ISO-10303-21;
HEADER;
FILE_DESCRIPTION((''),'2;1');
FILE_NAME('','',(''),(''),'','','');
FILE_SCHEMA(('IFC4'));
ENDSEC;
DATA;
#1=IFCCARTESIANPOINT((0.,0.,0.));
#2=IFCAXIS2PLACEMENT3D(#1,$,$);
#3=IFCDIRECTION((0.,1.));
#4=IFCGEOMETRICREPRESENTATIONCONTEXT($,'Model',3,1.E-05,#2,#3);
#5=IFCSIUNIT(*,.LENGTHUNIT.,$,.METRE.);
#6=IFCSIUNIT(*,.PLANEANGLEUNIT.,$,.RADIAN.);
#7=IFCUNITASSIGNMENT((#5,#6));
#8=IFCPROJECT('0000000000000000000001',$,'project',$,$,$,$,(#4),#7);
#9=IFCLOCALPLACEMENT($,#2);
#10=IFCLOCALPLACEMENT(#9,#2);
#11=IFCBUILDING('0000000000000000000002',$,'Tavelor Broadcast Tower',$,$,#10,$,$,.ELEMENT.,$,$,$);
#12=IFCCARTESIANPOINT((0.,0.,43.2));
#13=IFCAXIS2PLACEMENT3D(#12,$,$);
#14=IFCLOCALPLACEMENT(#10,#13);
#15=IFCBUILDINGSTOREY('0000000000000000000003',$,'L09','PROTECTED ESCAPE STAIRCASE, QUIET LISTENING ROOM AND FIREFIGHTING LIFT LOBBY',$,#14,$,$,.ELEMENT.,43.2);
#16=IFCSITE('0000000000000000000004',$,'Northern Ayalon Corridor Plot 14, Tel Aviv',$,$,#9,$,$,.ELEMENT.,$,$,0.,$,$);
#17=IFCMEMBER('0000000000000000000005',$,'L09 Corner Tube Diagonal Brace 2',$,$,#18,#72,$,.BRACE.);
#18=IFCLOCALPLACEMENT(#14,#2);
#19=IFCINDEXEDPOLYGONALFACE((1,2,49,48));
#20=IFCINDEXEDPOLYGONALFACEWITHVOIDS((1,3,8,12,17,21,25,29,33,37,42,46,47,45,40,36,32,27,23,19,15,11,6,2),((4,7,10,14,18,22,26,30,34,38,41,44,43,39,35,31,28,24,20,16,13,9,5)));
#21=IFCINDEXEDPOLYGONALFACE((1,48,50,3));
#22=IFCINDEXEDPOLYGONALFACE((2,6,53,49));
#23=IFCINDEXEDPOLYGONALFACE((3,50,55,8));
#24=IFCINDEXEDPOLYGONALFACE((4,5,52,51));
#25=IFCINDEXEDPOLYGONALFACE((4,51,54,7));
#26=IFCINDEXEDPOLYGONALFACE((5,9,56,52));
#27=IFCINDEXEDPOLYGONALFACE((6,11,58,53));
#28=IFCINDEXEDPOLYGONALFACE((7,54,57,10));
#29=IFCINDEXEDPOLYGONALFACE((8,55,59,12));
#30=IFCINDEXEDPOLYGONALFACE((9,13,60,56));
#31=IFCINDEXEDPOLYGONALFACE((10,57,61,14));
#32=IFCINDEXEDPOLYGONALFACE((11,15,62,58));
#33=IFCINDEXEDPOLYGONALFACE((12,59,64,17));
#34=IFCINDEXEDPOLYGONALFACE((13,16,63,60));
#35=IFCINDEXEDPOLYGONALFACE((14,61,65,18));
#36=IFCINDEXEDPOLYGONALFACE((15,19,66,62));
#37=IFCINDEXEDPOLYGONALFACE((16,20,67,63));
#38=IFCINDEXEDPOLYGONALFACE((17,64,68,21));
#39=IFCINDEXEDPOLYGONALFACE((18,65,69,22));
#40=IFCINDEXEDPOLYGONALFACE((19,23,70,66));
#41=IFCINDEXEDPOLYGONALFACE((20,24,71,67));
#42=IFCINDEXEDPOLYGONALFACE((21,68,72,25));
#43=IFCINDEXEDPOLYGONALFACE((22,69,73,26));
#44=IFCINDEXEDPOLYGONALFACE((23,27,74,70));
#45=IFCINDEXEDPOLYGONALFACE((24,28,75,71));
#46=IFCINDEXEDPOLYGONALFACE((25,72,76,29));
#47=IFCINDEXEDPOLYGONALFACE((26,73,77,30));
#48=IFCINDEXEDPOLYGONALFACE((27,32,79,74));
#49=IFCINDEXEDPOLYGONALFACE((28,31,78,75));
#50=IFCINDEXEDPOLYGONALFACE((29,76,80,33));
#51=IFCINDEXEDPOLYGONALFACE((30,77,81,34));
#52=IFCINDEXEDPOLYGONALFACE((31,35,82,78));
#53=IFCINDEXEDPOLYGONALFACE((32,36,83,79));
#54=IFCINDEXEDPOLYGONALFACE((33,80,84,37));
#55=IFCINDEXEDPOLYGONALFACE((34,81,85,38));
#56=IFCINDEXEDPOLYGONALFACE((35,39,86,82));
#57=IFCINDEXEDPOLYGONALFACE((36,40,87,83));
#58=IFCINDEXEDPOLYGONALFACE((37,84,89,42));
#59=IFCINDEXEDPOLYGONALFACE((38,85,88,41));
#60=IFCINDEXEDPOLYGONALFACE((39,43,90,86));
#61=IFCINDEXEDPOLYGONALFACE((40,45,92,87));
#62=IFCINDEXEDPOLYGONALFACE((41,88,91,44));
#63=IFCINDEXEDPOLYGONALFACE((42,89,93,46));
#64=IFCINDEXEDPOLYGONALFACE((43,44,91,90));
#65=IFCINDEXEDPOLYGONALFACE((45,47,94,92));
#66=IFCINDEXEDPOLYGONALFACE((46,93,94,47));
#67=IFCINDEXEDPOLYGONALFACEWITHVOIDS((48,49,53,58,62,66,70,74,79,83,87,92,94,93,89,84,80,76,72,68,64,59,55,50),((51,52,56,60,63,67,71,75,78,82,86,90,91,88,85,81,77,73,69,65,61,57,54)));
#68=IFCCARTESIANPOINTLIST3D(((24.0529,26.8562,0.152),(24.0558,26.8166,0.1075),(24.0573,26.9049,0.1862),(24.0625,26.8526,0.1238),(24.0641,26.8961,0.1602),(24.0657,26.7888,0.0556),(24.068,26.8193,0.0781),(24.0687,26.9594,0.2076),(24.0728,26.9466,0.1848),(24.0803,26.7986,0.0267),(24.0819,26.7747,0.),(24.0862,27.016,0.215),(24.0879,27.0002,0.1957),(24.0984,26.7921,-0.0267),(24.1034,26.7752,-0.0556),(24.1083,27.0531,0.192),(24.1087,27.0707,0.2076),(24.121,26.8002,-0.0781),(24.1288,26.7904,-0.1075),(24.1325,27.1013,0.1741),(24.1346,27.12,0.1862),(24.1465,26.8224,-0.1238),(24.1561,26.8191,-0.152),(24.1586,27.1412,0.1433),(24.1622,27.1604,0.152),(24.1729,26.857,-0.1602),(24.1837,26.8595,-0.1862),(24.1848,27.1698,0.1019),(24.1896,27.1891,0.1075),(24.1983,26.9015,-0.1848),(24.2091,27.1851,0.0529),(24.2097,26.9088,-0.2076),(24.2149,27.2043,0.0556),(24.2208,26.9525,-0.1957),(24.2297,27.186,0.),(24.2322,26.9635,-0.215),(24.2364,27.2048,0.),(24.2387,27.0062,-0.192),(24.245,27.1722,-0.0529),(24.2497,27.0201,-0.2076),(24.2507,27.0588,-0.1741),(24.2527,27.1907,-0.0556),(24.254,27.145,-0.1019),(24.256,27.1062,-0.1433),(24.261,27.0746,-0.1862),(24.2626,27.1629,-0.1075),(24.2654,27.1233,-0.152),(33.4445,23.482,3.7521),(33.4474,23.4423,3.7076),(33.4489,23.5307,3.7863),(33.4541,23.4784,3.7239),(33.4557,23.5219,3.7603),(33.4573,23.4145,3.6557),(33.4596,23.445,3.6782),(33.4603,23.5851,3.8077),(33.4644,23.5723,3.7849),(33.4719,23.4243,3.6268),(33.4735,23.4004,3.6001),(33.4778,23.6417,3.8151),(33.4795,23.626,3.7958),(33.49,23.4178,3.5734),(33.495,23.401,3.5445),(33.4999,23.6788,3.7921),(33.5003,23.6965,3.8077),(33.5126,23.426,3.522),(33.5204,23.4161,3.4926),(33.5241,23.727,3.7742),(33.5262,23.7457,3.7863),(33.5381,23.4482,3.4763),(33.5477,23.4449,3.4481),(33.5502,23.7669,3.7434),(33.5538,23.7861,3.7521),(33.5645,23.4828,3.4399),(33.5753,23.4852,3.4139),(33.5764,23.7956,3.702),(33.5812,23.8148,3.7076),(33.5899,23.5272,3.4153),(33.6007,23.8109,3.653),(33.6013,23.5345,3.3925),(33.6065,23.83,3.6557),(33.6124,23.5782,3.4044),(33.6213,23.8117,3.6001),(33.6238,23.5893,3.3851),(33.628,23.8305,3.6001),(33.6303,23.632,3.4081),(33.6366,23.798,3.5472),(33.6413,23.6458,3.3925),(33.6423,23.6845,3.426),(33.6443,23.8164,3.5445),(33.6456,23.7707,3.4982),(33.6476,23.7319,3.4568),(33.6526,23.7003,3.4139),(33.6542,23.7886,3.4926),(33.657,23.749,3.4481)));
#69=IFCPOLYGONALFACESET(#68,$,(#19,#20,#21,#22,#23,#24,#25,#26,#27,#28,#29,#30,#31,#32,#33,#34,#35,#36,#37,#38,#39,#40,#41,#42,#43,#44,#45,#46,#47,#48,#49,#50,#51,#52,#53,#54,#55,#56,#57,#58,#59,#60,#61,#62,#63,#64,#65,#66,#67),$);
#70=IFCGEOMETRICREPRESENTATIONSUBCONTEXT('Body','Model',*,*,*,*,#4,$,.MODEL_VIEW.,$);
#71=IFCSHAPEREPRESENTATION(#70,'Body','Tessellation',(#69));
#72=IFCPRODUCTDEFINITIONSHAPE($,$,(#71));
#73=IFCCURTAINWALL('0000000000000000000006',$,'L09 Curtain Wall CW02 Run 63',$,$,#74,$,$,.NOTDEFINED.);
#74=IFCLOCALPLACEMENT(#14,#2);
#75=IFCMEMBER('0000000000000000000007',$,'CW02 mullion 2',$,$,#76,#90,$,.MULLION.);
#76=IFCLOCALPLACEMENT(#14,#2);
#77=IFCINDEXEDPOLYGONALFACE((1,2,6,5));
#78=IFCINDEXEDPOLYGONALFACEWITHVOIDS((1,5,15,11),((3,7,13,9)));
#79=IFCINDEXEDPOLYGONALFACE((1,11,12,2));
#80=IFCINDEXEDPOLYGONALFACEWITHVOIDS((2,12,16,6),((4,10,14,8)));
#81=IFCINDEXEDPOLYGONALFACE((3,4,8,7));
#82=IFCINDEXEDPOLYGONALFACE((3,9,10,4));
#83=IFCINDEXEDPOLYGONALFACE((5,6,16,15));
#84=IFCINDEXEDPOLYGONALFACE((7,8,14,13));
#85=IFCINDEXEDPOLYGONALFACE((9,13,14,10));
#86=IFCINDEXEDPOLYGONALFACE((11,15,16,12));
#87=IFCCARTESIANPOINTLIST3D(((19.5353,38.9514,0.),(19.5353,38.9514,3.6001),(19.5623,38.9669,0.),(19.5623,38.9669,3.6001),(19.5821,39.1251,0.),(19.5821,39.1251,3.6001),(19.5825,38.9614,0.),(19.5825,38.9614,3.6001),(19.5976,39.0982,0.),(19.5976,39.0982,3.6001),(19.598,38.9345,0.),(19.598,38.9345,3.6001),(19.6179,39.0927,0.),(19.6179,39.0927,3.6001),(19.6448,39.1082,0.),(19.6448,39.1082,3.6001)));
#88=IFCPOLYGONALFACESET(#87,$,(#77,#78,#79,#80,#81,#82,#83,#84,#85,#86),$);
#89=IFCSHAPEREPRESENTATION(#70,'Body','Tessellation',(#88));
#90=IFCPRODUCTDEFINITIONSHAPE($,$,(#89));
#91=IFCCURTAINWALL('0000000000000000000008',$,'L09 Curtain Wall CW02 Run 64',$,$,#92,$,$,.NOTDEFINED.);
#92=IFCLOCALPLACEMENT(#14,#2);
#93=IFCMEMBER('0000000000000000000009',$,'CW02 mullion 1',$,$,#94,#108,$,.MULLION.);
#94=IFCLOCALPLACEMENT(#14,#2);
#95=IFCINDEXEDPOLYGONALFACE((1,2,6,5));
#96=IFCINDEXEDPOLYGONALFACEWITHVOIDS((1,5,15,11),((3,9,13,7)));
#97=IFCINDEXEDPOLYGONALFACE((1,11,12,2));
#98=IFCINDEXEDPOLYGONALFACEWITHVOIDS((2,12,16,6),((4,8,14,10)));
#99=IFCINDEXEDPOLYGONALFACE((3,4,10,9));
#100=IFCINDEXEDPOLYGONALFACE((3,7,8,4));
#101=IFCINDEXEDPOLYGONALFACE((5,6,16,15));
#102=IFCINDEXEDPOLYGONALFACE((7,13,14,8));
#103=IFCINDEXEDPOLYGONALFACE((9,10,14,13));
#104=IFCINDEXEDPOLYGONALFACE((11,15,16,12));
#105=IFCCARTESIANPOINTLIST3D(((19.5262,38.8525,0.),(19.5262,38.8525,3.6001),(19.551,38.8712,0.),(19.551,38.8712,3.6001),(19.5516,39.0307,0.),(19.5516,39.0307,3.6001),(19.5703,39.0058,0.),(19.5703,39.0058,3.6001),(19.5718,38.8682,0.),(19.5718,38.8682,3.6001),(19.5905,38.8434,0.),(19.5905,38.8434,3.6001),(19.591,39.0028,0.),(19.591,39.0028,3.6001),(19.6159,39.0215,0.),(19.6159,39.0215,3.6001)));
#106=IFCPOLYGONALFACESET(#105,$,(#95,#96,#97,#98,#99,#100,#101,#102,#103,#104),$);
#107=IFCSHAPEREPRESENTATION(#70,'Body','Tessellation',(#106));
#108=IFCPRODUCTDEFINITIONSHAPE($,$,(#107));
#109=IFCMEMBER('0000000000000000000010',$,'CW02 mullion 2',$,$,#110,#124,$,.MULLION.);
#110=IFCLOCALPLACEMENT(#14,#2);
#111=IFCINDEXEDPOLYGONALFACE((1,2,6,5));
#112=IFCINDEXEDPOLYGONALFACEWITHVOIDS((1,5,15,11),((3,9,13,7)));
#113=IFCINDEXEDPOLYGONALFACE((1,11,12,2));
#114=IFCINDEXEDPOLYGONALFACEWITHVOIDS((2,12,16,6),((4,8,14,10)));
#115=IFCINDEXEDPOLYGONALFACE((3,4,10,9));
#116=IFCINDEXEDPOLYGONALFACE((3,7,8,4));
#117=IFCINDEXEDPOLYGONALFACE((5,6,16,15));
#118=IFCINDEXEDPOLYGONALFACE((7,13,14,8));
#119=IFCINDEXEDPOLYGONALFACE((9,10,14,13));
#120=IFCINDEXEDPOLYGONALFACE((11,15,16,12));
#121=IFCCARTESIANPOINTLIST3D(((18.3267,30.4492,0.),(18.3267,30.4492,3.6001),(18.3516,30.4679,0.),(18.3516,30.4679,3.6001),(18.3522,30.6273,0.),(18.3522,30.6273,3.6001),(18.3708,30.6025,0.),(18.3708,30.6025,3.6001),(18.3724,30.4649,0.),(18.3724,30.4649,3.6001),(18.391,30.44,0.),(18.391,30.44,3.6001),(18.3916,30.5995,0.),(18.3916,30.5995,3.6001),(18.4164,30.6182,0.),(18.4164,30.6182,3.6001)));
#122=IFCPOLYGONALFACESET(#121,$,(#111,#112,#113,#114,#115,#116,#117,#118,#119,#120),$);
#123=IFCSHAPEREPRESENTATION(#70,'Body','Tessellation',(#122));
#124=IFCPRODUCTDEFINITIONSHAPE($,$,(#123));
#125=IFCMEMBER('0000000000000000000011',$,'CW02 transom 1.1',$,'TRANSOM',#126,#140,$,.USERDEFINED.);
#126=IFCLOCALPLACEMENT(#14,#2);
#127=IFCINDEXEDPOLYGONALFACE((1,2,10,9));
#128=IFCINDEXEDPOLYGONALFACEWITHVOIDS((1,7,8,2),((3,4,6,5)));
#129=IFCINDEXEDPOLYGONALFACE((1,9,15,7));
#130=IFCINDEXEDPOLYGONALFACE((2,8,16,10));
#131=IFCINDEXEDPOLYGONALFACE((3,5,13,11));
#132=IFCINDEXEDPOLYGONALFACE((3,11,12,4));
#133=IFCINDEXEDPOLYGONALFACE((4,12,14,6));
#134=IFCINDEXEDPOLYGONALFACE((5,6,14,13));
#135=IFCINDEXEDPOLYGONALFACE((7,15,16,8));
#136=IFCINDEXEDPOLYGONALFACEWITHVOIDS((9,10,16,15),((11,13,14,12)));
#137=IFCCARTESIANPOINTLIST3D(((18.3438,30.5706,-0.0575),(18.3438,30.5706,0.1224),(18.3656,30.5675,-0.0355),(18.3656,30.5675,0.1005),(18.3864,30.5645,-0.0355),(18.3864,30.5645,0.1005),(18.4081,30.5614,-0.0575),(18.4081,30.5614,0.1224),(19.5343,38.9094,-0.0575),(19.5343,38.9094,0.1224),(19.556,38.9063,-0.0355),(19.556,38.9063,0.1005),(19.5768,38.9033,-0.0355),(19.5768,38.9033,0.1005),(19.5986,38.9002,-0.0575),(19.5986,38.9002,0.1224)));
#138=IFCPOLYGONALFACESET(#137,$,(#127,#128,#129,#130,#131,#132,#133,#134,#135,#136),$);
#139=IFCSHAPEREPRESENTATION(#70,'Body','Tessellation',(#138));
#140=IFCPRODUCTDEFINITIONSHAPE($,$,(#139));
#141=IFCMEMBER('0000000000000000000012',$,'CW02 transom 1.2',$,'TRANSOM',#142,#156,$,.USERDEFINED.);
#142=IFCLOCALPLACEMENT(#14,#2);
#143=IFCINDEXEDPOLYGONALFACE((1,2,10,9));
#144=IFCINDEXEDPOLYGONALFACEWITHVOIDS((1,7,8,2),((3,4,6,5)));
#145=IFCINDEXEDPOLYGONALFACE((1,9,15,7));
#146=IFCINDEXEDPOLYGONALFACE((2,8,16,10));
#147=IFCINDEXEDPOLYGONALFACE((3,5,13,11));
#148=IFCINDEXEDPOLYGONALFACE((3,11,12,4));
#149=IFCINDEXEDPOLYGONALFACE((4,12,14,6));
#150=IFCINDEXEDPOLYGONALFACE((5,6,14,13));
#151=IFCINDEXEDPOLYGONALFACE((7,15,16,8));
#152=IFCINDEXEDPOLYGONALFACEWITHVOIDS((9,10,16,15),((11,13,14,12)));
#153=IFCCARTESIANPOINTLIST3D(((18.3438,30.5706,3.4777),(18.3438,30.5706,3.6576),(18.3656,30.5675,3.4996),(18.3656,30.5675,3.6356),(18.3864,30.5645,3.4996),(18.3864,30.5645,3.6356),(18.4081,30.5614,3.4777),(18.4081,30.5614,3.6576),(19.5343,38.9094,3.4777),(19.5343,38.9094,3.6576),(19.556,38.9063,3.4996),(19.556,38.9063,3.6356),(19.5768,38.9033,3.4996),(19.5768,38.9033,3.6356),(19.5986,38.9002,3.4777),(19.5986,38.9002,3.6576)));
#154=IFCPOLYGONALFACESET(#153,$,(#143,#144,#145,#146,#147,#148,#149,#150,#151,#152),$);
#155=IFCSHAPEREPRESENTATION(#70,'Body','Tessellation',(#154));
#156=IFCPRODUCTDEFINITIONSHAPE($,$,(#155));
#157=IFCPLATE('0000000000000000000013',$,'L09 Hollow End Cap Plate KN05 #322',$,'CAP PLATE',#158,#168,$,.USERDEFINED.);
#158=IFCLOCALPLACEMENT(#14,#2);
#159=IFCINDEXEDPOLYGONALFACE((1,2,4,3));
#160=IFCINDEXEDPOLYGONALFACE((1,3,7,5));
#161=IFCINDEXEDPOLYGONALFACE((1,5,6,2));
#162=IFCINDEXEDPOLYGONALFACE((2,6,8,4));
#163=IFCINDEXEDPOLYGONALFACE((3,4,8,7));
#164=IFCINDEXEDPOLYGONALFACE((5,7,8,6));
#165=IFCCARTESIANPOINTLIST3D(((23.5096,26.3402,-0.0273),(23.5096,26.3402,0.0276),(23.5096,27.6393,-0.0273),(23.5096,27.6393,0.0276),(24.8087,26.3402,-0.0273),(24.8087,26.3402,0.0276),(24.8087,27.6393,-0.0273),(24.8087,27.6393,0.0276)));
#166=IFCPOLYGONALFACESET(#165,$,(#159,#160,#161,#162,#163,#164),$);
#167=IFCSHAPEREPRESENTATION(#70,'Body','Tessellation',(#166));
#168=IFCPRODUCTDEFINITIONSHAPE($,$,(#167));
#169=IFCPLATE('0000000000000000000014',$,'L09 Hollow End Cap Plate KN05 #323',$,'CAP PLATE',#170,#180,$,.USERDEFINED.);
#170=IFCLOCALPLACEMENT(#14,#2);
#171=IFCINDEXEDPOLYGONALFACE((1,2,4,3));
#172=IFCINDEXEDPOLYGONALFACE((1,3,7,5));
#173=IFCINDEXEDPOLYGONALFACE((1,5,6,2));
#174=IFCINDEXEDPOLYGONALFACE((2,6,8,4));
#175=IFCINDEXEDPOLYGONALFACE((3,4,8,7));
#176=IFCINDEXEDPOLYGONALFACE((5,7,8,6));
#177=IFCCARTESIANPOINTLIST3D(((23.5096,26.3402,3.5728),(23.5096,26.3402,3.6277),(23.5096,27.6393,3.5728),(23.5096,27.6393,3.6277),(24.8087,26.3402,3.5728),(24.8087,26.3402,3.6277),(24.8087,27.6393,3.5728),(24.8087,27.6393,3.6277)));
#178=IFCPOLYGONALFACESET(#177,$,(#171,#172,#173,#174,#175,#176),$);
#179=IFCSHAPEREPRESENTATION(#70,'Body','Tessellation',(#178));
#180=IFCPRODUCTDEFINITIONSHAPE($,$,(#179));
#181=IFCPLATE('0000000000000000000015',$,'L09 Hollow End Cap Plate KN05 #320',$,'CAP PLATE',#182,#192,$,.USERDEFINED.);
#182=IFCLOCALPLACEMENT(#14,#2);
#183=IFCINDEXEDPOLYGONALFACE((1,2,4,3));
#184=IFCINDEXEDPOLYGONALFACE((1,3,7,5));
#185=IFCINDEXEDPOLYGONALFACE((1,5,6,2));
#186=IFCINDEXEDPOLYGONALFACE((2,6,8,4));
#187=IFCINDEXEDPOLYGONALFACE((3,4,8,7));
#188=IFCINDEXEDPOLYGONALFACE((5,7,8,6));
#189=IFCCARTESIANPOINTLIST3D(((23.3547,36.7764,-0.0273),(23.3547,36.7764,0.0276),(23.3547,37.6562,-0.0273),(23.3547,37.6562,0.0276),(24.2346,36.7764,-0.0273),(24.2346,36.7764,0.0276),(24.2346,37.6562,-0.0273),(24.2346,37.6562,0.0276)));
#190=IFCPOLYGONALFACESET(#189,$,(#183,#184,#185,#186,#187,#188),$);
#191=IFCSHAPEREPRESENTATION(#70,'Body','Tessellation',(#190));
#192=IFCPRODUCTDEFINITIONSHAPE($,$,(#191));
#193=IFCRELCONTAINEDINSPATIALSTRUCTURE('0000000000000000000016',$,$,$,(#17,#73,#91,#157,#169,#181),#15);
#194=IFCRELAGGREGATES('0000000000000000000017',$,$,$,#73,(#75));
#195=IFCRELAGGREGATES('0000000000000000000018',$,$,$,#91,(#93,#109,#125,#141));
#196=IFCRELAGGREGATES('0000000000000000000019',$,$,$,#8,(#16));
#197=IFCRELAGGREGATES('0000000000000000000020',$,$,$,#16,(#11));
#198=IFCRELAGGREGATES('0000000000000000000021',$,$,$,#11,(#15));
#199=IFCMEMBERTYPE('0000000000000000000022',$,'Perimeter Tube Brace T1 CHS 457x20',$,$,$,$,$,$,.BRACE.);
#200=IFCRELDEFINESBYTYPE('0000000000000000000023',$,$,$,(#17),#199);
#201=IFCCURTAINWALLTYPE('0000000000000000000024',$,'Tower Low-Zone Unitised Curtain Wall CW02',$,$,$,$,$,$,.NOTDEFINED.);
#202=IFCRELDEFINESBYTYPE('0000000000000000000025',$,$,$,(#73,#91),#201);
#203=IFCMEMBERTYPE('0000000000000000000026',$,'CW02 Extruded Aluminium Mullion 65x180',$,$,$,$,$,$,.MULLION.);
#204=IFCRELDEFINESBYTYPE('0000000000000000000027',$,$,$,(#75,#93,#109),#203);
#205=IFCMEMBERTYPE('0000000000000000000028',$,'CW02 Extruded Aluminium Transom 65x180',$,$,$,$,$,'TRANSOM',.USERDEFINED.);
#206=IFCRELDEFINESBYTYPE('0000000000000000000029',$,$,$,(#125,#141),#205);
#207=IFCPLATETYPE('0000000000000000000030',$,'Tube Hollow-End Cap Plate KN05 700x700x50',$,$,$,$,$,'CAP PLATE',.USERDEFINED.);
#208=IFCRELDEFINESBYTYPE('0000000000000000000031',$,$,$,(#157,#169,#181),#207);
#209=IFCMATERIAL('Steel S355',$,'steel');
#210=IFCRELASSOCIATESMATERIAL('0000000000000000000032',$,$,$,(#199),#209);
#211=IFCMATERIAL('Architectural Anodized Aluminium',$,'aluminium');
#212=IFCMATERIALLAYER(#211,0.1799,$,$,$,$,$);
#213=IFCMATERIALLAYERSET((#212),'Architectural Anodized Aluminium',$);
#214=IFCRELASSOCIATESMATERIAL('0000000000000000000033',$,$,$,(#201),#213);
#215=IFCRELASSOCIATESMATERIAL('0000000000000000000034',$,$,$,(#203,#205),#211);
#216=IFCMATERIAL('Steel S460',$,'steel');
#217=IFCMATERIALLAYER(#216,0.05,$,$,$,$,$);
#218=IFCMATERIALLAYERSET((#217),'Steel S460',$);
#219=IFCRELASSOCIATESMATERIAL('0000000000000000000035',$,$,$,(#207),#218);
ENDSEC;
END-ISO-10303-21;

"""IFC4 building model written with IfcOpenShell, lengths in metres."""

from ifc_helpers import new_model, si_unit, direction, frame, origin, origin_2d, place, context, subcontext, project, spatial, rectangle, hollow_rectangle, hollow_circle, extrude, source, transform, mapped, material, layer, layer_set, material_profile, profile_set, type_object, type_shapes, element, aggregate, save


model = new_model("IFC4")

# Units and contexts
model_context = context("Model", 3, precision=1e-05, world=origin(), true_north=direction((0.0, 1.0)))
body_context = subcontext(model_context, "Body", "Model", "MODEL_VIEW")
ifc_project = project(units=[si_unit("LENGTHUNIT", "METRE"), si_unit("PLANEANGLEUNIT", "RADIAN")], contexts=[model_context])

# Site, building, storey
site_placement = place(None, origin())
site = spatial("IfcSite", under=ifc_project, at=site_placement, Name="Northern Ayalon Corridor Plot 14, Tel Aviv", CompositionType="ELEMENT", RefElevation=0.0)
building_placement = place(site_placement, origin())
building = spatial("IfcBuilding", under=site, at=building_placement, Name="Tavelor Broadcast Tower", CompositionType="ELEMENT")
storey_placement = place(building_placement, frame((0.0, 0.0, 43.2)))
storey = spatial("IfcBuildingStorey", under=building, at=storey_placement, Name="L09", Description="PROTECTED ESCAPE STAIRCASE, QUIET LISTENING ROOM AND FIREFIGHTING LIFT LOBBY", CompositionType="ELEMENT", Elevation=43.2)

# Shared definitions
ifc_material_1 = material(Name="Steel S460", Category="steel")

# Shared definitions
ifc_material_2 = material(Name="Steel S355", Category="steel")

# Member
ifc_material_profile_1 = material_profile(ifc_material_2, hollow_circle(Radius=0.2285, WallThickness=0.02, at=origin_2d()), Name="CHS 457x20")
ifc_profile_set_1 = profile_set([ifc_material_profile_1], Name="Steel S355")
member_type_1 = type_object("IfcMemberType", Name="Perimeter Tube Brace T1 CHS 457x20", PredefinedType="BRACE", material=ifc_profile_set_1)
member_1_placement = place(storey_placement, frame((24.1592, 26.9897, 0.0), z_axis=(0.885258, -0.31806, 0.339347), x_axis=(0.338124, 0.941101, 0.0)))
element("IfcMember", 1, at=member_1_placement, inside=storey, type_object=member_type_1, Name="L09 Corner Tube Diagonal Brace 2", PredefinedType="BRACE", context=body_context, shape_type="SweptSolid", body=[
    extrude(hollow_circle(Radius=0.2285, WallThickness=0.02, at=origin_2d()), origin(), (0.0, 0.0, 1.0), 10.6089),
])

# Curtain wall, member
ifc_material_3 = material(Name="Architectural Anodized Aluminium", Category="aluminium")
ifc_layer_1 = layer(ifc_material_3, 0.1799)
ifc_layer_set_1 = layer_set([ifc_layer_1], Name="Architectural Anodized Aluminium")
curtain_wall_type = type_object("IfcCurtainWallType", Name="Tower Low-Zone Unitised Curtain Wall CW02", PredefinedType="NOTDEFINED", material=ifc_layer_set_1)
curtain_wall_1_placement = place(storey_placement, origin())
curtain_wall_1 = element("IfcCurtainWall", 2, at=curtain_wall_1_placement, inside=storey, type_object=curtain_wall_type, Name="L09 Curtain Wall CW02 Run 63", PredefinedType="NOTDEFINED")
ifc_material_profile_2 = material_profile(ifc_material_3, hollow_rectangle(XDim=0.0649, YDim=0.1799, WallThickness=0.022, at=origin_2d()), Name="RHS 65x180x22")
ifc_profile_set_2 = profile_set([ifc_material_profile_2], Name="Architectural Anodized Aluminium")
member_type_2 = type_object("IfcMemberType", Name="CW02 Extruded Aluminium Mullion 65x180", PredefinedType="MULLION", material=ifc_profile_set_2)
shared_shape_1 = source(origin(), body_context, "Body", "SweptSolid", [
    extrude(hollow_rectangle(XDim=0.0649, YDim=0.1799, WallThickness=0.022, at=origin_2d()), origin(), (0.0, 0.0, 1.0), 3.6001),
])
type_shapes(member_type_2, [shared_shape_1])
member_2_placement = place(storey_placement, frame((19.5901, 39.0298, 0.0), z_axis=(0.0, 0.0, 1.0), x_axis=(0.965589, -0.260071, 0.0)))
member_2 = element("IfcMember", 3, at=member_2_placement, type_object=member_type_2, Name="CW02 mullion 2", PredefinedType="MULLION", context=body_context, shape_type="MappedRepresentation", body=[
    mapped(shared_shape_1, transform((0.0, 0.0, 0.0), scale=1.0)),
])
aggregate(curtain_wall_1, [member_2])

# Curtain wall, members
curtain_wall_2_placement = place(storey_placement, origin())
curtain_wall_2 = element("IfcCurtainWall", 4, at=curtain_wall_2_placement, inside=storey, type_object=curtain_wall_type, Name="L09 Curtain Wall CW02 Run 64", PredefinedType="NOTDEFINED")
member_3_placement = place(storey_placement, frame((19.571, 38.937, 0.0), z_axis=(0.0, 0.0, 1.0), x_axis=(0.989965, -0.141313, 0.0)))
member_3 = element("IfcMember", 5, at=member_3_placement, type_object=member_type_2, Name="CW02 mullion 1", PredefinedType="MULLION", context=body_context, shape_type="MappedRepresentation", body=[
    mapped(shared_shape_1, transform((0.0, 0.0, 0.0), scale=1.0)),
])
member_4_placement = place(storey_placement, frame((18.3716, 30.5337, 0.0), z_axis=(0.0, 0.0, 1.0), x_axis=(0.989965, -0.141313, 0.0)))
member_4 = element("IfcMember", 6, at=member_4_placement, type_object=member_type_2, Name="CW02 mullion 2", PredefinedType="MULLION", context=body_context, shape_type="MappedRepresentation", body=[
    mapped(shared_shape_1, transform((0.0, 0.0, 0.0), scale=1.0)),
])
ifc_material_profile_3 = material_profile(ifc_material_3, hollow_rectangle(XDim=0.0649, YDim=0.1799, WallThickness=0.022, at=origin_2d()), Name="RHS 65x180x22")
ifc_profile_set_3 = profile_set([ifc_material_profile_3], Name="Architectural Anodized Aluminium")
member_type_3 = type_object("IfcMemberType", Name="CW02 Extruded Aluminium Transom 65x180", ElementType="TRANSOM", PredefinedType="USERDEFINED", material=ifc_profile_set_3)
shared_shape_2 = source(origin(), body_context, "Body", "SweptSolid", [
    extrude(hollow_rectangle(XDim=0.0649, YDim=0.1799, WallThickness=0.022, at=origin_2d()), origin(), (0.0, 0.0, 1.0), 8.4233),
])
type_shapes(member_type_3, [shared_shape_2])
member_5_placement = place(storey_placement, frame((19.5664, 38.9048, 0.0325), z_axis=(-0.141324, -0.989963, 0.0), x_axis=(0.989963, -0.141324, 0.0)))
member_5 = element("IfcMember", 7, at=member_5_placement, type_object=member_type_3, Name="CW02 transom 1.1", ObjectType="TRANSOM", PredefinedType="USERDEFINED", context=body_context, shape_type="MappedRepresentation", body=[
    mapped(shared_shape_2, transform((0.0, 0.0, 0.0), scale=1.0)),
])
member_6_placement = place(storey_placement, frame((19.5664, 38.9048, 3.5676), z_axis=(-0.141324, -0.989963, 0.0), x_axis=(0.989963, -0.141324, 0.0)))
member_6 = element("IfcMember", 8, at=member_6_placement, type_object=member_type_3, Name="CW02 transom 1.2", ObjectType="TRANSOM", PredefinedType="USERDEFINED", context=body_context, shape_type="MappedRepresentation", body=[
    mapped(shared_shape_2, transform((0.0, 0.0, 0.0), scale=1.0)),
])

# Plates
ifc_layer_2 = layer(ifc_material_1, 0.05)
ifc_layer_set_2 = layer_set([ifc_layer_2], Name="Steel S460")
plate_type_1 = type_object("IfcPlateType", Name="Tube Hollow-End Cap Plate KN05 700x700x50", ElementType="CAP PLATE", PredefinedType="USERDEFINED", material=ifc_layer_set_2)
shared_shape_3 = source(origin(), body_context, "Body", "SweptSolid", [
    extrude(rectangle(XDim=1.2991, YDim=1.2991, at=origin_2d()), origin(), (0.0, 0.0, 1.0), 0.0549),
])
for number, where, z_axis, x_axis, name in (
    (9, (24.1592, 26.9897, -0.0273), (0.0, 0.0, 1.0), (1.0, 0.0, 0.0), "L09 Hollow End Cap Plate KN05 #322"),
    (10, (24.1592, 26.9897, 3.5728), (0.0, 0.0, 1.0), (1.0, 0.0, 0.0), "L09 Hollow End Cap Plate KN05 #323"),
):
    element("IfcPlate", number, at=place(storey_placement, frame(where, z_axis=z_axis, x_axis=x_axis)), inside=storey, type_object=plate_type_1, Name=name, ObjectType="CAP PLATE", PredefinedType="USERDEFINED", context=body_context, shape_type="MappedRepresentation", body=[
        mapped(shared_shape_3, transform((0.0, 0.0, 0.0), scale=1.0)),
    ])
shared_shape_4 = source(origin(), body_context, "Body", "SweptSolid", [
    extrude(rectangle(XDim=0.8799, YDim=0.8799, at=origin_2d()), origin(), (0.0, 0.0, 1.0), 0.0549),
])
type_shapes(plate_type_1, [shared_shape_3, shared_shape_4])
for number, where, z_axis, x_axis, name in (
    (11, (23.7947, 37.2163, -0.0273), (0.0, 0.0, 1.0), (1.0, 0.0, 0.0), "L09 Hollow End Cap Plate KN05 #320"),
):
    element("IfcPlate", number, at=place(storey_placement, frame(where, z_axis=z_axis, x_axis=x_axis)), inside=storey, type_object=plate_type_1, Name=name, ObjectType="CAP PLATE", PredefinedType="USERDEFINED", context=body_context, shape_type="MappedRepresentation", body=[
        mapped(shared_shape_4, transform((0.0, 0.0, 0.0), scale=1.0)),
    ])

aggregate(curtain_wall_2, [member_3, member_4, member_5, member_6])

save(model, "model.ifc")
